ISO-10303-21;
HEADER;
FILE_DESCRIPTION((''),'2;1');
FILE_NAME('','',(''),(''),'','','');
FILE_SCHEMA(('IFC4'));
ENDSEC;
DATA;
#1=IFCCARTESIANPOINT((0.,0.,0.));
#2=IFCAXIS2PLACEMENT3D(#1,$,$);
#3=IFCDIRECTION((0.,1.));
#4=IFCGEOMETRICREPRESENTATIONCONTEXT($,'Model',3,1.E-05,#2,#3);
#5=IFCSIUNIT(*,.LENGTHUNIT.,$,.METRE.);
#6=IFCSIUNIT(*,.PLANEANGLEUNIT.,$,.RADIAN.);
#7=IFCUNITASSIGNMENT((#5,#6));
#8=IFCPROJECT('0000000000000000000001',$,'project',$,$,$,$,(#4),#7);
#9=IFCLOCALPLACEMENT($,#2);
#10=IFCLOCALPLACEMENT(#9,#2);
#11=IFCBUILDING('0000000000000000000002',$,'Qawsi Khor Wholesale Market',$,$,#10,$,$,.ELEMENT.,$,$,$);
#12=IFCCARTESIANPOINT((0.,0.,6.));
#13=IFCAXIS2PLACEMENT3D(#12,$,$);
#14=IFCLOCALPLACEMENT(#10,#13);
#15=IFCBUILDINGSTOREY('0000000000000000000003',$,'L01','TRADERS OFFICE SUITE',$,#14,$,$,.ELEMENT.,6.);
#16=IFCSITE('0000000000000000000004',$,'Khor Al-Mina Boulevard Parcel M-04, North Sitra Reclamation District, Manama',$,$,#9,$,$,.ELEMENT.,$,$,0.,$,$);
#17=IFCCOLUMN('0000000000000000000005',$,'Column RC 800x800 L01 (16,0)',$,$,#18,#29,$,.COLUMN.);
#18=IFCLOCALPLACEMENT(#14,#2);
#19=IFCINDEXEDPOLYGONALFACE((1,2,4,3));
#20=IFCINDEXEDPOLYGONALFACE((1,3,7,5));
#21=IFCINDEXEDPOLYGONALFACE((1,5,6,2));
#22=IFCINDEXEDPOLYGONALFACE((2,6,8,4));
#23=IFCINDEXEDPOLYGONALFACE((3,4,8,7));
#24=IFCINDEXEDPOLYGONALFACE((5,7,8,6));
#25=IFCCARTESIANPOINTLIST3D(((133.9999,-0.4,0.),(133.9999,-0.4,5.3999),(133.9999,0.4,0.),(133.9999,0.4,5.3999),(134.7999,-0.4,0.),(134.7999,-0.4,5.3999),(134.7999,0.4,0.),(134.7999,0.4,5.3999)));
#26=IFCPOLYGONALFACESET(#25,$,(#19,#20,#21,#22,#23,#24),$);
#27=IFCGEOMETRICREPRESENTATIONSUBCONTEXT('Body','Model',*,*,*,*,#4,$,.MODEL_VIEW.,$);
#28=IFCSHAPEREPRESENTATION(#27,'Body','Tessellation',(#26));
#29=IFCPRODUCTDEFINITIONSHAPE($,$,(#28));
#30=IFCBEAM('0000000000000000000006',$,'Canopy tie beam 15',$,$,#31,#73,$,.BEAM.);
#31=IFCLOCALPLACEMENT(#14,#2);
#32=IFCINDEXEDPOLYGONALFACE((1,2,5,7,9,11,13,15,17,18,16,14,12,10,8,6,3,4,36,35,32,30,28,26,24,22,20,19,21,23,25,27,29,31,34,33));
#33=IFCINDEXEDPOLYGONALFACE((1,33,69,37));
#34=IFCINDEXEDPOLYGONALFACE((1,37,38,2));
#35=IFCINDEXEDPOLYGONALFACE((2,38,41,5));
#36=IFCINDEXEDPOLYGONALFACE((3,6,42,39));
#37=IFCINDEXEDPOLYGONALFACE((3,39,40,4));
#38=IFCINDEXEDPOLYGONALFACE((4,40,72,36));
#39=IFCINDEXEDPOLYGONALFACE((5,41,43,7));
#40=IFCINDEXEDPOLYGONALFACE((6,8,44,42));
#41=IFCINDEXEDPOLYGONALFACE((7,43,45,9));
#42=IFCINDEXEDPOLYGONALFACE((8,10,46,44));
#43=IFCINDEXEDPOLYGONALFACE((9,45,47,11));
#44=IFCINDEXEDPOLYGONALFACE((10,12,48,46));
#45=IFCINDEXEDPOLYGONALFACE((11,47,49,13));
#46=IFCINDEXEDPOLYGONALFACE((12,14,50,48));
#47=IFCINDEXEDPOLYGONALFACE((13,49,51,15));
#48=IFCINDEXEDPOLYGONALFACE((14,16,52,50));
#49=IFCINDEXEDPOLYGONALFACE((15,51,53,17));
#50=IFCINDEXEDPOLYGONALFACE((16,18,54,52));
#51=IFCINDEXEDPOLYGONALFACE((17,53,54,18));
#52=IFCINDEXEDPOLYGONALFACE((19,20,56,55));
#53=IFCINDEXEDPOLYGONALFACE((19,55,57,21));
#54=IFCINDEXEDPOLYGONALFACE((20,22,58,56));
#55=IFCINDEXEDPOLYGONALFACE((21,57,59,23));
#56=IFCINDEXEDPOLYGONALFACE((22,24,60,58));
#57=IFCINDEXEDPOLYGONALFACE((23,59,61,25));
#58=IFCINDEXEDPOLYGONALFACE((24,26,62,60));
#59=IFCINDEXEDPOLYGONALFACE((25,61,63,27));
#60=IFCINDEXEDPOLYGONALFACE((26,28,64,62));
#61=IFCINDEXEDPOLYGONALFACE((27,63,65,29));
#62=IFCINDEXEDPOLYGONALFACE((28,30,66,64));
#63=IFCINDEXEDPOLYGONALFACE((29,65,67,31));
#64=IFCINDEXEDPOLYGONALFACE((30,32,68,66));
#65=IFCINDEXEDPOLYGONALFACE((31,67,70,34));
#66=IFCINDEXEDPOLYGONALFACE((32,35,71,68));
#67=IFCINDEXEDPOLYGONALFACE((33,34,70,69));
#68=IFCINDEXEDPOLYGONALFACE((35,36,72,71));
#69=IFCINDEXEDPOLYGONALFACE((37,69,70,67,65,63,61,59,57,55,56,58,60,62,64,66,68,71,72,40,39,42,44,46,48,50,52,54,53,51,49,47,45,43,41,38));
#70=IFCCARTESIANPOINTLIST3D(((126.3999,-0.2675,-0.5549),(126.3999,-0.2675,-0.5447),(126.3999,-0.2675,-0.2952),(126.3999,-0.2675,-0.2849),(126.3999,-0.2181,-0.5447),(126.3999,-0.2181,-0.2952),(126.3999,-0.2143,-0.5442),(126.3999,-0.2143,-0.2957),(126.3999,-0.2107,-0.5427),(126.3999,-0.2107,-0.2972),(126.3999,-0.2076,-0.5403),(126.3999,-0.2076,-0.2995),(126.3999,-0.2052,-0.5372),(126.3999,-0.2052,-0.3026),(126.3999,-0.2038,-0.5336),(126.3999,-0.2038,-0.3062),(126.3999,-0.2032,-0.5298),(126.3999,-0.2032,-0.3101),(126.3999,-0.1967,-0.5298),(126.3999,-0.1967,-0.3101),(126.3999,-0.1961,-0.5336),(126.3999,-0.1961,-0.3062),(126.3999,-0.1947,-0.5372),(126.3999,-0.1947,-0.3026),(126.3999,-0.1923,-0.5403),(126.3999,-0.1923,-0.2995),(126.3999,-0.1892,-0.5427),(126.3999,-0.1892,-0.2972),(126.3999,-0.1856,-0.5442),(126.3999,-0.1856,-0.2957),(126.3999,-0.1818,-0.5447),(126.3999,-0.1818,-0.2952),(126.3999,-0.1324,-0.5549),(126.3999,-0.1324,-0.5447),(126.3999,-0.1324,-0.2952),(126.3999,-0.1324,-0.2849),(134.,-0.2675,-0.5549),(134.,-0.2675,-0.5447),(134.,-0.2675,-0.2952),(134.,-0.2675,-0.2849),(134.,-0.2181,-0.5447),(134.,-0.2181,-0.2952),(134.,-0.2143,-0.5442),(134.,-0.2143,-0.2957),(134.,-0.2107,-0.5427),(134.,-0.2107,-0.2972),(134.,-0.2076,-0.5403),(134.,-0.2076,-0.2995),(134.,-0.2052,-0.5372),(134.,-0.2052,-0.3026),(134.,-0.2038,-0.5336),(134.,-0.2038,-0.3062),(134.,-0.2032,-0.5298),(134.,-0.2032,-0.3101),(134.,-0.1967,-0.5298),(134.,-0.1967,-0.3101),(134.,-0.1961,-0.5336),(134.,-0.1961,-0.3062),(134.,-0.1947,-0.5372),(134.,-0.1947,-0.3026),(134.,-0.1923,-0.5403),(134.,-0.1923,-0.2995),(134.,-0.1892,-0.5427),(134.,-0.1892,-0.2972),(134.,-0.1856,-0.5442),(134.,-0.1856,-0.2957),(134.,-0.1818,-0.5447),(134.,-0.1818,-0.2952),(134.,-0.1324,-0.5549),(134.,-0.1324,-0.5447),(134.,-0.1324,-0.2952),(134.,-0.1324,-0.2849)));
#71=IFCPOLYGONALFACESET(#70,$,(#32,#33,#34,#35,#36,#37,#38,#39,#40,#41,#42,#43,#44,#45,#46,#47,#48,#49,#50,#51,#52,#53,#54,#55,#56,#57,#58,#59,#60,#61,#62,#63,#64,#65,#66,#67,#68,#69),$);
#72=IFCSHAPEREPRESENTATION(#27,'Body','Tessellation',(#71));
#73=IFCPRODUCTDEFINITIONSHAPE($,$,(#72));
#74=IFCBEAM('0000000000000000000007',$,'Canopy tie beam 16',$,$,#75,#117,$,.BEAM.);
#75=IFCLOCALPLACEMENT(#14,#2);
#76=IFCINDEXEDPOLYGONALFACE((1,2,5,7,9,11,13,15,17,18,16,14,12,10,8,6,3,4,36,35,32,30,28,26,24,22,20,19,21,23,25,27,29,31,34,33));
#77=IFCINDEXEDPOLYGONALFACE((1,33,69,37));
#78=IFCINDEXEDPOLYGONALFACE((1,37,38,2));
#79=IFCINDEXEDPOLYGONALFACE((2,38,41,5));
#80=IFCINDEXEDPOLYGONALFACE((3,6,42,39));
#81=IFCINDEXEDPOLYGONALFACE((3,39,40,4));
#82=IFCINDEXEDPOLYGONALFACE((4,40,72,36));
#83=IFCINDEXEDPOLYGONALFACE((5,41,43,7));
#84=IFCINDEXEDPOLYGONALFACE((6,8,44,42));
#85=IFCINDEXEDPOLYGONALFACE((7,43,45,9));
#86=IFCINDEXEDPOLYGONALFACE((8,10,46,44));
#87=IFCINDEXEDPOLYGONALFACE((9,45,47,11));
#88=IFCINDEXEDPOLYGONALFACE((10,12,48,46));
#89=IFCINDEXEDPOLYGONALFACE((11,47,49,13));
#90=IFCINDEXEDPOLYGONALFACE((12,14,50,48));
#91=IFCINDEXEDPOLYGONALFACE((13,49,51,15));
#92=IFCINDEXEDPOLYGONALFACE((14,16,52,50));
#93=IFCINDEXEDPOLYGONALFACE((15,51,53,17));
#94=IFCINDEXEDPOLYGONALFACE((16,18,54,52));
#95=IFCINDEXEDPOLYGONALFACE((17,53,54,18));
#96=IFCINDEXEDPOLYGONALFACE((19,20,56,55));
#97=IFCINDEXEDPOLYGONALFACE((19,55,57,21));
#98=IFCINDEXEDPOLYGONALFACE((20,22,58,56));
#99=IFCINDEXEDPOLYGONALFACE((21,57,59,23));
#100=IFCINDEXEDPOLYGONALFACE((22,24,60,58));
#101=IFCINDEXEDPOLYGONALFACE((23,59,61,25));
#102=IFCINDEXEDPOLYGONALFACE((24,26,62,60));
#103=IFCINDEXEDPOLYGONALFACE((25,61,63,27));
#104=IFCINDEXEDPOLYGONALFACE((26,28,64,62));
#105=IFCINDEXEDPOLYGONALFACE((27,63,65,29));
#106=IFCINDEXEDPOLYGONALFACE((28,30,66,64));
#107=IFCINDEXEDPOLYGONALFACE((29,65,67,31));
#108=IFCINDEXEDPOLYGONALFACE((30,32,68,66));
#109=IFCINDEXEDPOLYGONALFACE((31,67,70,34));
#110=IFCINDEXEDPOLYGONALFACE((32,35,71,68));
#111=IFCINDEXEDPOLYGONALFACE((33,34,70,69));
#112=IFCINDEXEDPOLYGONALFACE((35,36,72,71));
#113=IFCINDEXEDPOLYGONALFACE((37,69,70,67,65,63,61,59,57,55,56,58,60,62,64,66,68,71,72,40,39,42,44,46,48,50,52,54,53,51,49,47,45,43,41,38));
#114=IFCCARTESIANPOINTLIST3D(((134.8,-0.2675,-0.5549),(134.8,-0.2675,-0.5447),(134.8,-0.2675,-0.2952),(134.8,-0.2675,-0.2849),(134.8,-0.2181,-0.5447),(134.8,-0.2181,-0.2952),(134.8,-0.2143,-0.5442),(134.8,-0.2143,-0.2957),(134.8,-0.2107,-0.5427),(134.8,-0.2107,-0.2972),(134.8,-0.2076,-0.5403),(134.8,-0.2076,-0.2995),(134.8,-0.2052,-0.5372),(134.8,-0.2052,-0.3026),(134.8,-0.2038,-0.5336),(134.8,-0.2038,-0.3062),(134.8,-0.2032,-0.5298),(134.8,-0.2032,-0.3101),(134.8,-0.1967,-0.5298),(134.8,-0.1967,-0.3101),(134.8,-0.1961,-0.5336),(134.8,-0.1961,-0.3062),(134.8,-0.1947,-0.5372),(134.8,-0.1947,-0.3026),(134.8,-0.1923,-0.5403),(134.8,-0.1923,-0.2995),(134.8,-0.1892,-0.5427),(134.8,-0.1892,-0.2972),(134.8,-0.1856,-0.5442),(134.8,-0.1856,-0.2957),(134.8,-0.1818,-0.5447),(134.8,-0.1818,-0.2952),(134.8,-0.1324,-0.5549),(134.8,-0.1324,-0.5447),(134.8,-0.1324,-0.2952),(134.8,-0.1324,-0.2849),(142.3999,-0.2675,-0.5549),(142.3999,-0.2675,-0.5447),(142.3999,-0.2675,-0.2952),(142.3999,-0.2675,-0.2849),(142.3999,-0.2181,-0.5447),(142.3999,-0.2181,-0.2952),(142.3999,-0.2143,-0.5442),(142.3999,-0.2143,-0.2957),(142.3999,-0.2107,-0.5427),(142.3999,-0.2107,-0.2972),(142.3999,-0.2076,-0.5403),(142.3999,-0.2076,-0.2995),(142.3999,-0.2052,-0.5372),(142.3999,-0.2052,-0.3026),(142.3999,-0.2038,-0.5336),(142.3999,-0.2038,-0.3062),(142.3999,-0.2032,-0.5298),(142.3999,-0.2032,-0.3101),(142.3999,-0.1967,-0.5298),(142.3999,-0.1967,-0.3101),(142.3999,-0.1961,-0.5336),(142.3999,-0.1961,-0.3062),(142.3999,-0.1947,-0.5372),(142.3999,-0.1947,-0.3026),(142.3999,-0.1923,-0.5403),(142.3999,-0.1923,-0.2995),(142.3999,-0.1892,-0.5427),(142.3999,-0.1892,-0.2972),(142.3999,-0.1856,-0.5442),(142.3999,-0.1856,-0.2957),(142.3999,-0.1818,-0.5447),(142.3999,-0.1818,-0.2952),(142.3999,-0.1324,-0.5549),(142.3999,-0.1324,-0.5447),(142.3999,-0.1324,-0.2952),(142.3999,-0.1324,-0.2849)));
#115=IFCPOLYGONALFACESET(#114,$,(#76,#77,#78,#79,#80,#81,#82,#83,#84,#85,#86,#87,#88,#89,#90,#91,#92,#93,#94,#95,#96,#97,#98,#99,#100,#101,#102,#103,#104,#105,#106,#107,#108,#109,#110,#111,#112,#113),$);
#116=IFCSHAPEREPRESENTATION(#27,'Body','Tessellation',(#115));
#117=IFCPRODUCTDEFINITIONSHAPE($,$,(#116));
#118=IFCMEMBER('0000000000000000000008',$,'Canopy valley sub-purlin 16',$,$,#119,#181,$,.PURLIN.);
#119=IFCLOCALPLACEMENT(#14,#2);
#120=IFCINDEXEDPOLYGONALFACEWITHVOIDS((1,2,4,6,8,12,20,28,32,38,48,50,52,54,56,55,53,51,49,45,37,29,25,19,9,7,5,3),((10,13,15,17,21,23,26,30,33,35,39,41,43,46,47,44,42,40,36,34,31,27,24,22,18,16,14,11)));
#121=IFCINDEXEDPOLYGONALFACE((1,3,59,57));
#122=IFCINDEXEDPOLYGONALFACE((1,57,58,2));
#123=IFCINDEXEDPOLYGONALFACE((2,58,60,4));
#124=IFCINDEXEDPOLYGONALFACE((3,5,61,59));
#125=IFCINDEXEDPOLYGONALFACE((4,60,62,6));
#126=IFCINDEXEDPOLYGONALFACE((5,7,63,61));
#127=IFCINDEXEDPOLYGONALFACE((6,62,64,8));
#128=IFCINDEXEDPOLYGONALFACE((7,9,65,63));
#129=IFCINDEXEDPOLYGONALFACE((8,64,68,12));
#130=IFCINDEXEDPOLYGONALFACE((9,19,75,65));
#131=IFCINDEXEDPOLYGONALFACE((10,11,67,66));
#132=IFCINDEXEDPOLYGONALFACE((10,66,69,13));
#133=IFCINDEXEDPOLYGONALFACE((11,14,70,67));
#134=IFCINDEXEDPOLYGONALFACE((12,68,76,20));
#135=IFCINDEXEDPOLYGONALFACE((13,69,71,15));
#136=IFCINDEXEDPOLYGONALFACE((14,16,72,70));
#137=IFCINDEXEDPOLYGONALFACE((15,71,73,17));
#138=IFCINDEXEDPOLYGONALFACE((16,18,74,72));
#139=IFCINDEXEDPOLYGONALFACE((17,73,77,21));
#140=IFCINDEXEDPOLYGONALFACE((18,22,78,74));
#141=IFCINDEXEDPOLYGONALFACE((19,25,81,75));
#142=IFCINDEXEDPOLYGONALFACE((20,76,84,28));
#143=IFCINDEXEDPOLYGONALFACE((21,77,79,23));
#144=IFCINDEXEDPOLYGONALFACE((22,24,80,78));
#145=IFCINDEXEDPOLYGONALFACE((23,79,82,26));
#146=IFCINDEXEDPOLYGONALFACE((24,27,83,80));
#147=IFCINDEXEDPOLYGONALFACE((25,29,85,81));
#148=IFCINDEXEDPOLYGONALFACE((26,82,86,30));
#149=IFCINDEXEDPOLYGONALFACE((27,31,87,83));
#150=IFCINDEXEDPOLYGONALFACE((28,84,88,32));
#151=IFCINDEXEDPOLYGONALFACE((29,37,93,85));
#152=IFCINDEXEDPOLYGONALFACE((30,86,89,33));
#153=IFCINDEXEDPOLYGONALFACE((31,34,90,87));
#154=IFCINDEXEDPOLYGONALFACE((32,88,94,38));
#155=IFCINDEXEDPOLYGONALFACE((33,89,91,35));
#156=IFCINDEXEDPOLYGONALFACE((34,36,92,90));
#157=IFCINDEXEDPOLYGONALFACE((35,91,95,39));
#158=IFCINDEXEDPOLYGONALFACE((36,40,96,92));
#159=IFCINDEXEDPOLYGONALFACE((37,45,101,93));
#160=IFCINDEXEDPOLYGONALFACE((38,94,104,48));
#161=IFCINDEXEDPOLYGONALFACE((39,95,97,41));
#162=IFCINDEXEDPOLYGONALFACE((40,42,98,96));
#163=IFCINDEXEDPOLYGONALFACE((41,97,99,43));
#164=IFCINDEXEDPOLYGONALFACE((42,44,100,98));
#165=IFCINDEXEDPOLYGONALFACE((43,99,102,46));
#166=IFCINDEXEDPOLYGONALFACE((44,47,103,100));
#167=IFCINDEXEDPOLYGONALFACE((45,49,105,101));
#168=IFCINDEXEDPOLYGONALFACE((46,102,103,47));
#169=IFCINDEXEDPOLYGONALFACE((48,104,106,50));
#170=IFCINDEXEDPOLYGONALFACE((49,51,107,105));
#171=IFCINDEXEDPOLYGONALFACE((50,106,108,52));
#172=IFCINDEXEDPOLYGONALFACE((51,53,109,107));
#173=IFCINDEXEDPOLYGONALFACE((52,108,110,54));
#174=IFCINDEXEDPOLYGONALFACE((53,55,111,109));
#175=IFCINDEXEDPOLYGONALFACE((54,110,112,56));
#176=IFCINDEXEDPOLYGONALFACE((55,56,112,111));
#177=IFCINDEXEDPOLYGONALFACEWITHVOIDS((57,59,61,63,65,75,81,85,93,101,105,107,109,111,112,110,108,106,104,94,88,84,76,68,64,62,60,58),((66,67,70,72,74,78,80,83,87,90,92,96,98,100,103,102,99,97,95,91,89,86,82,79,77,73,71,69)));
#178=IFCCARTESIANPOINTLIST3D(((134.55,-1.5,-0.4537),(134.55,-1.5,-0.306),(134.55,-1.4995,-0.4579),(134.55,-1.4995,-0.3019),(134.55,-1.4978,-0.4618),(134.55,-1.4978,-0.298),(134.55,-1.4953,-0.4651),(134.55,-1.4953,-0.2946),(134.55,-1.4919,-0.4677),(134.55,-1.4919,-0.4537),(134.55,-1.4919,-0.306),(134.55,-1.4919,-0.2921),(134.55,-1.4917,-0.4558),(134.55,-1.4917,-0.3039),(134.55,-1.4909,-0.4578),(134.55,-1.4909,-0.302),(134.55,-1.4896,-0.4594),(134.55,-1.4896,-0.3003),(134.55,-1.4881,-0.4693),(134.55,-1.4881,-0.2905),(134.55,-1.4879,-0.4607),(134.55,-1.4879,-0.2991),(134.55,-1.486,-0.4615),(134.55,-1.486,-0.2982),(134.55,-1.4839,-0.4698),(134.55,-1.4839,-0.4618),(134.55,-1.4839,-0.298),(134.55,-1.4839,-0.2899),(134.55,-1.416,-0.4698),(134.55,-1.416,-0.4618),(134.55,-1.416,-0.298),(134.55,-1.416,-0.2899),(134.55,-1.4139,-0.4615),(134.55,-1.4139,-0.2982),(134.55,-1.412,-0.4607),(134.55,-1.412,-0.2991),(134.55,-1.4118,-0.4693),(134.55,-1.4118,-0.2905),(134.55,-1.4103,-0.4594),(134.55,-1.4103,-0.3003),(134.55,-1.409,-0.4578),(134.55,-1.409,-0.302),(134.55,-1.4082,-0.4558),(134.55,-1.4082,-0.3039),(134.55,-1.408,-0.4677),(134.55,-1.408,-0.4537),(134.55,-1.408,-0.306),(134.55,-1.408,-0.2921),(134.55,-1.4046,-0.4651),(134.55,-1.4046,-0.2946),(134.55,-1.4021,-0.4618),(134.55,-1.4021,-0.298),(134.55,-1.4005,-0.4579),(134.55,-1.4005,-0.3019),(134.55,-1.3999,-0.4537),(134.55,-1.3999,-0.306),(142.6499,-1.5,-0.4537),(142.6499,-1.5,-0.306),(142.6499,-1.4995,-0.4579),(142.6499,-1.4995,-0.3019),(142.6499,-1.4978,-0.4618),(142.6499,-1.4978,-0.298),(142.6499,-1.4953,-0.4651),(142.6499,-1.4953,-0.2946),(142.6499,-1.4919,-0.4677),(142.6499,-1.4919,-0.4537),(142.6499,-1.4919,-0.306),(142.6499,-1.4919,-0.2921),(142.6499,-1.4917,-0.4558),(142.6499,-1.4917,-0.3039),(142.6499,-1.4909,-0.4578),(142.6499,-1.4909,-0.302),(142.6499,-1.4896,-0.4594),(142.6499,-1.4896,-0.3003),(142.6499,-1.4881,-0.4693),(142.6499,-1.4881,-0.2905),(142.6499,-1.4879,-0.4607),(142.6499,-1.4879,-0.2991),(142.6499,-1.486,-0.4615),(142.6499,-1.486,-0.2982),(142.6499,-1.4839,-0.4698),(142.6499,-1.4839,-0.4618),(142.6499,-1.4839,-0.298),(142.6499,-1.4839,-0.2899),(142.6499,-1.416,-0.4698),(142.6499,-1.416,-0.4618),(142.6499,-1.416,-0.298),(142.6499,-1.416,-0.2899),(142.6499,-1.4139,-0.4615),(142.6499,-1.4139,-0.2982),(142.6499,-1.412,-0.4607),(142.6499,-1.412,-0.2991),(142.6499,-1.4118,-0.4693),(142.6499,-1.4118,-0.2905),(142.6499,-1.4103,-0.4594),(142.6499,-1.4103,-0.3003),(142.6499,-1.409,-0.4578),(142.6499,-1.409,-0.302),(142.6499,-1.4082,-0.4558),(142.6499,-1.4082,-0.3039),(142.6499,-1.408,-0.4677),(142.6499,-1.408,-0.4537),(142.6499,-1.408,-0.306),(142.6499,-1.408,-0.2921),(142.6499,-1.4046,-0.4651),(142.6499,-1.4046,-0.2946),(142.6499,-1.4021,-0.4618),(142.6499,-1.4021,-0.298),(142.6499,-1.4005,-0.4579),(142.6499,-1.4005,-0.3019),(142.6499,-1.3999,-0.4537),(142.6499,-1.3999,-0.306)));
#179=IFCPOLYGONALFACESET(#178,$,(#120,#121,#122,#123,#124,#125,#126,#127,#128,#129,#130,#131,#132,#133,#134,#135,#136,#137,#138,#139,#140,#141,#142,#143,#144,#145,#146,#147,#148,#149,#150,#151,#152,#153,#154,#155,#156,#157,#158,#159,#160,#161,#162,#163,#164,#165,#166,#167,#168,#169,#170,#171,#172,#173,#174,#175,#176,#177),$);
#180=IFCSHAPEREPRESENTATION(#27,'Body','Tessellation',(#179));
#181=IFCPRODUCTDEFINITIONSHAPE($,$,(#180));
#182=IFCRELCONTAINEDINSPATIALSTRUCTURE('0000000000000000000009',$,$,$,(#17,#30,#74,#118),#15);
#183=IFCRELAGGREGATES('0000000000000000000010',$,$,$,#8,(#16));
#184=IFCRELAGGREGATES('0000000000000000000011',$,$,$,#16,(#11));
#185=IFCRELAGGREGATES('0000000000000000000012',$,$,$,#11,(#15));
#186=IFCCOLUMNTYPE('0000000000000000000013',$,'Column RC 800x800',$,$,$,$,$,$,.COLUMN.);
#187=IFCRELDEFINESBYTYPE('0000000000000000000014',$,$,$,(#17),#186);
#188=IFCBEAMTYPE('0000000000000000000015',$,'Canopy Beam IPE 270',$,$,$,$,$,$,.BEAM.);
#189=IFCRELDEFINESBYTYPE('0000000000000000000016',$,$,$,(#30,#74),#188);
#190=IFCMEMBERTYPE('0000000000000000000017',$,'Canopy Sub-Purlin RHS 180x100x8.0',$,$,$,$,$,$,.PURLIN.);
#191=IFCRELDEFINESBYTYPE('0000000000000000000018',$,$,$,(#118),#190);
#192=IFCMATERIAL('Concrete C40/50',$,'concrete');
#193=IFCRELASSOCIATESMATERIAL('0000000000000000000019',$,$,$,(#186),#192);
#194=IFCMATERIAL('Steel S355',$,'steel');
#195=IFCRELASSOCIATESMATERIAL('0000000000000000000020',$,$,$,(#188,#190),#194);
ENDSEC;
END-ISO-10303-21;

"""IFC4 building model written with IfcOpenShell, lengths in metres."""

from ifc_helpers import new_model, si_unit, direction, frame, origin, origin_2d, place, context, subcontext, project, spatial, rectangle, hollow_rectangle, i_section, extrude, material, material_profile, profile_set, type_object, element, save


model = new_model("IFC4")

# Units and contexts
model_context = context("Model", 3, precision=1e-05, world=origin(), true_north=direction((0.0, 1.0)))
body_context = subcontext(model_context, "Body", "Model", "MODEL_VIEW")
ifc_project = project(units=[si_unit("LENGTHUNIT", "METRE"), si_unit("PLANEANGLEUNIT", "RADIAN")], contexts=[model_context])

# Site, building, storey
site_placement = place(None, origin())
site = spatial("IfcSite", under=ifc_project, at=site_placement, Name="Khor Al-Mina Boulevard Parcel M-04, North Sitra Reclamation District, Manama", CompositionType="ELEMENT", RefElevation=0.0)
building_placement = place(site_placement, origin())
building = spatial("IfcBuilding", under=site, at=building_placement, Name="Qawsi Khor Wholesale Market", CompositionType="ELEMENT")
storey_placement = place(building_placement, frame((0.0, 0.0, 6.0)))
storey = spatial("IfcBuildingStorey", under=building, at=storey_placement, Name="L01", Description="TRADERS OFFICE SUITE", CompositionType="ELEMENT", Elevation=6.0)

# Column
ifc_material_1 = material(Name="Concrete C40/50", Category="concrete")
ifc_material_profile_1 = material_profile(ifc_material_1, rectangle(XDim=0.8, YDim=0.8, at=origin_2d()), Name="RC 800x800")
ifc_profile_set_1 = profile_set([ifc_material_profile_1], Name="Concrete C40/50")
column_type = type_object("IfcColumnType", Name="Column RC 800x800", PredefinedType="COLUMN", material=ifc_profile_set_1)
column_placement = place(storey_placement, frame((134.3999, 0.0, 0.0), z_axis=(0.0, 0.0, 1.0), x_axis=(1.0, 0.0, 0.0)))
element("IfcColumn", 1, at=column_placement, inside=storey, type_object=column_type, Name="Column RC 800x800 L01 (16,0)", PredefinedType="COLUMN", context=body_context, shape_type="SweptSolid", body=[
    extrude(rectangle(XDim=0.8, YDim=0.8, at=origin_2d()), origin(), (0.0, 0.0, 1.0), 5.3999),
])

# Beams
ifc_material_2 = material(Name="Steel S355", Category="steel")
ifc_material_profile_2 = material_profile(ifc_material_2, i_section(OverallWidth=0.135, OverallDepth=0.27, WebThickness=0.0066, FlangeThickness=0.0103, FilletRadius=0.0149, at=origin_2d()), Name="IPE 270")
ifc_profile_set_2 = profile_set([ifc_material_profile_2], Name="Steel S355")
beam_type_1 = type_object("IfcBeamType", Name="Canopy Beam IPE 270", PredefinedType="BEAM", material=ifc_profile_set_2)
beam_1_placement = place(storey_placement, frame((126.3999, -0.2, -0.4199), z_axis=(1.0, 0.0, 0.0), x_axis=(0.0, 1.0, 0.0)))
element("IfcBeam", 2, at=beam_1_placement, inside=storey, type_object=beam_type_1, Name="Canopy tie beam 15", PredefinedType="BEAM", context=body_context, shape_type="SweptSolid", body=[
    extrude(i_section(OverallWidth=0.135, OverallDepth=0.27, WebThickness=0.0066, FlangeThickness=0.0103, FilletRadius=0.0149, at=origin_2d()), origin(), (0.0, 0.0, 1.0), 7.6001),
])
beam_2_placement = place(storey_placement, frame((134.8, -0.2, -0.4199), z_axis=(1.0, 0.0, 0.0), x_axis=(0.0, 1.0, 0.0)))
element("IfcBeam", 3, at=beam_2_placement, inside=storey, type_object=beam_type_1, Name="Canopy tie beam 16", PredefinedType="BEAM", context=body_context, shape_type="SweptSolid", body=[
    extrude(i_section(OverallWidth=0.135, OverallDepth=0.27, WebThickness=0.0066, FlangeThickness=0.0103, FilletRadius=0.0149, at=origin_2d()), origin(), (0.0, 0.0, 1.0), 7.5999),
])

# Member
ifc_material_profile_3 = material_profile(ifc_material_2, hollow_rectangle(XDim=0.1001, YDim=0.1799, WallThickness=0.0081, InnerFilletRadius=0.0081, OuterFilletRadius=0.0161, at=origin_2d()), Name="RHS 180x100x8.0")
ifc_profile_set_3 = profile_set([ifc_material_profile_3], Name="Steel S355")
member_type = type_object("IfcMemberType", Name="Canopy Sub-Purlin RHS 180x100x8.0", PredefinedType="PURLIN", material=ifc_profile_set_3)
member_placement = place(storey_placement, frame((134.55, -1.45, -0.3799), z_axis=(1.0, 0.0, 0.0), x_axis=(0.0, 1.0, 0.0)))
element("IfcMember", 4, at=member_placement, inside=storey, type_object=member_type, Name="Canopy valley sub-purlin 16", PredefinedType="PURLIN", context=body_context, shape_type="SweptSolid", body=[
    extrude(hollow_rectangle(XDim=0.1001, YDim=0.1799, WallThickness=0.0081, InnerFilletRadius=0.0081, OuterFilletRadius=0.0161, at=origin_2d()), origin(), (0.0, 0.0, 1.0), 8.0999),
])

save(model, "model.ifc")
